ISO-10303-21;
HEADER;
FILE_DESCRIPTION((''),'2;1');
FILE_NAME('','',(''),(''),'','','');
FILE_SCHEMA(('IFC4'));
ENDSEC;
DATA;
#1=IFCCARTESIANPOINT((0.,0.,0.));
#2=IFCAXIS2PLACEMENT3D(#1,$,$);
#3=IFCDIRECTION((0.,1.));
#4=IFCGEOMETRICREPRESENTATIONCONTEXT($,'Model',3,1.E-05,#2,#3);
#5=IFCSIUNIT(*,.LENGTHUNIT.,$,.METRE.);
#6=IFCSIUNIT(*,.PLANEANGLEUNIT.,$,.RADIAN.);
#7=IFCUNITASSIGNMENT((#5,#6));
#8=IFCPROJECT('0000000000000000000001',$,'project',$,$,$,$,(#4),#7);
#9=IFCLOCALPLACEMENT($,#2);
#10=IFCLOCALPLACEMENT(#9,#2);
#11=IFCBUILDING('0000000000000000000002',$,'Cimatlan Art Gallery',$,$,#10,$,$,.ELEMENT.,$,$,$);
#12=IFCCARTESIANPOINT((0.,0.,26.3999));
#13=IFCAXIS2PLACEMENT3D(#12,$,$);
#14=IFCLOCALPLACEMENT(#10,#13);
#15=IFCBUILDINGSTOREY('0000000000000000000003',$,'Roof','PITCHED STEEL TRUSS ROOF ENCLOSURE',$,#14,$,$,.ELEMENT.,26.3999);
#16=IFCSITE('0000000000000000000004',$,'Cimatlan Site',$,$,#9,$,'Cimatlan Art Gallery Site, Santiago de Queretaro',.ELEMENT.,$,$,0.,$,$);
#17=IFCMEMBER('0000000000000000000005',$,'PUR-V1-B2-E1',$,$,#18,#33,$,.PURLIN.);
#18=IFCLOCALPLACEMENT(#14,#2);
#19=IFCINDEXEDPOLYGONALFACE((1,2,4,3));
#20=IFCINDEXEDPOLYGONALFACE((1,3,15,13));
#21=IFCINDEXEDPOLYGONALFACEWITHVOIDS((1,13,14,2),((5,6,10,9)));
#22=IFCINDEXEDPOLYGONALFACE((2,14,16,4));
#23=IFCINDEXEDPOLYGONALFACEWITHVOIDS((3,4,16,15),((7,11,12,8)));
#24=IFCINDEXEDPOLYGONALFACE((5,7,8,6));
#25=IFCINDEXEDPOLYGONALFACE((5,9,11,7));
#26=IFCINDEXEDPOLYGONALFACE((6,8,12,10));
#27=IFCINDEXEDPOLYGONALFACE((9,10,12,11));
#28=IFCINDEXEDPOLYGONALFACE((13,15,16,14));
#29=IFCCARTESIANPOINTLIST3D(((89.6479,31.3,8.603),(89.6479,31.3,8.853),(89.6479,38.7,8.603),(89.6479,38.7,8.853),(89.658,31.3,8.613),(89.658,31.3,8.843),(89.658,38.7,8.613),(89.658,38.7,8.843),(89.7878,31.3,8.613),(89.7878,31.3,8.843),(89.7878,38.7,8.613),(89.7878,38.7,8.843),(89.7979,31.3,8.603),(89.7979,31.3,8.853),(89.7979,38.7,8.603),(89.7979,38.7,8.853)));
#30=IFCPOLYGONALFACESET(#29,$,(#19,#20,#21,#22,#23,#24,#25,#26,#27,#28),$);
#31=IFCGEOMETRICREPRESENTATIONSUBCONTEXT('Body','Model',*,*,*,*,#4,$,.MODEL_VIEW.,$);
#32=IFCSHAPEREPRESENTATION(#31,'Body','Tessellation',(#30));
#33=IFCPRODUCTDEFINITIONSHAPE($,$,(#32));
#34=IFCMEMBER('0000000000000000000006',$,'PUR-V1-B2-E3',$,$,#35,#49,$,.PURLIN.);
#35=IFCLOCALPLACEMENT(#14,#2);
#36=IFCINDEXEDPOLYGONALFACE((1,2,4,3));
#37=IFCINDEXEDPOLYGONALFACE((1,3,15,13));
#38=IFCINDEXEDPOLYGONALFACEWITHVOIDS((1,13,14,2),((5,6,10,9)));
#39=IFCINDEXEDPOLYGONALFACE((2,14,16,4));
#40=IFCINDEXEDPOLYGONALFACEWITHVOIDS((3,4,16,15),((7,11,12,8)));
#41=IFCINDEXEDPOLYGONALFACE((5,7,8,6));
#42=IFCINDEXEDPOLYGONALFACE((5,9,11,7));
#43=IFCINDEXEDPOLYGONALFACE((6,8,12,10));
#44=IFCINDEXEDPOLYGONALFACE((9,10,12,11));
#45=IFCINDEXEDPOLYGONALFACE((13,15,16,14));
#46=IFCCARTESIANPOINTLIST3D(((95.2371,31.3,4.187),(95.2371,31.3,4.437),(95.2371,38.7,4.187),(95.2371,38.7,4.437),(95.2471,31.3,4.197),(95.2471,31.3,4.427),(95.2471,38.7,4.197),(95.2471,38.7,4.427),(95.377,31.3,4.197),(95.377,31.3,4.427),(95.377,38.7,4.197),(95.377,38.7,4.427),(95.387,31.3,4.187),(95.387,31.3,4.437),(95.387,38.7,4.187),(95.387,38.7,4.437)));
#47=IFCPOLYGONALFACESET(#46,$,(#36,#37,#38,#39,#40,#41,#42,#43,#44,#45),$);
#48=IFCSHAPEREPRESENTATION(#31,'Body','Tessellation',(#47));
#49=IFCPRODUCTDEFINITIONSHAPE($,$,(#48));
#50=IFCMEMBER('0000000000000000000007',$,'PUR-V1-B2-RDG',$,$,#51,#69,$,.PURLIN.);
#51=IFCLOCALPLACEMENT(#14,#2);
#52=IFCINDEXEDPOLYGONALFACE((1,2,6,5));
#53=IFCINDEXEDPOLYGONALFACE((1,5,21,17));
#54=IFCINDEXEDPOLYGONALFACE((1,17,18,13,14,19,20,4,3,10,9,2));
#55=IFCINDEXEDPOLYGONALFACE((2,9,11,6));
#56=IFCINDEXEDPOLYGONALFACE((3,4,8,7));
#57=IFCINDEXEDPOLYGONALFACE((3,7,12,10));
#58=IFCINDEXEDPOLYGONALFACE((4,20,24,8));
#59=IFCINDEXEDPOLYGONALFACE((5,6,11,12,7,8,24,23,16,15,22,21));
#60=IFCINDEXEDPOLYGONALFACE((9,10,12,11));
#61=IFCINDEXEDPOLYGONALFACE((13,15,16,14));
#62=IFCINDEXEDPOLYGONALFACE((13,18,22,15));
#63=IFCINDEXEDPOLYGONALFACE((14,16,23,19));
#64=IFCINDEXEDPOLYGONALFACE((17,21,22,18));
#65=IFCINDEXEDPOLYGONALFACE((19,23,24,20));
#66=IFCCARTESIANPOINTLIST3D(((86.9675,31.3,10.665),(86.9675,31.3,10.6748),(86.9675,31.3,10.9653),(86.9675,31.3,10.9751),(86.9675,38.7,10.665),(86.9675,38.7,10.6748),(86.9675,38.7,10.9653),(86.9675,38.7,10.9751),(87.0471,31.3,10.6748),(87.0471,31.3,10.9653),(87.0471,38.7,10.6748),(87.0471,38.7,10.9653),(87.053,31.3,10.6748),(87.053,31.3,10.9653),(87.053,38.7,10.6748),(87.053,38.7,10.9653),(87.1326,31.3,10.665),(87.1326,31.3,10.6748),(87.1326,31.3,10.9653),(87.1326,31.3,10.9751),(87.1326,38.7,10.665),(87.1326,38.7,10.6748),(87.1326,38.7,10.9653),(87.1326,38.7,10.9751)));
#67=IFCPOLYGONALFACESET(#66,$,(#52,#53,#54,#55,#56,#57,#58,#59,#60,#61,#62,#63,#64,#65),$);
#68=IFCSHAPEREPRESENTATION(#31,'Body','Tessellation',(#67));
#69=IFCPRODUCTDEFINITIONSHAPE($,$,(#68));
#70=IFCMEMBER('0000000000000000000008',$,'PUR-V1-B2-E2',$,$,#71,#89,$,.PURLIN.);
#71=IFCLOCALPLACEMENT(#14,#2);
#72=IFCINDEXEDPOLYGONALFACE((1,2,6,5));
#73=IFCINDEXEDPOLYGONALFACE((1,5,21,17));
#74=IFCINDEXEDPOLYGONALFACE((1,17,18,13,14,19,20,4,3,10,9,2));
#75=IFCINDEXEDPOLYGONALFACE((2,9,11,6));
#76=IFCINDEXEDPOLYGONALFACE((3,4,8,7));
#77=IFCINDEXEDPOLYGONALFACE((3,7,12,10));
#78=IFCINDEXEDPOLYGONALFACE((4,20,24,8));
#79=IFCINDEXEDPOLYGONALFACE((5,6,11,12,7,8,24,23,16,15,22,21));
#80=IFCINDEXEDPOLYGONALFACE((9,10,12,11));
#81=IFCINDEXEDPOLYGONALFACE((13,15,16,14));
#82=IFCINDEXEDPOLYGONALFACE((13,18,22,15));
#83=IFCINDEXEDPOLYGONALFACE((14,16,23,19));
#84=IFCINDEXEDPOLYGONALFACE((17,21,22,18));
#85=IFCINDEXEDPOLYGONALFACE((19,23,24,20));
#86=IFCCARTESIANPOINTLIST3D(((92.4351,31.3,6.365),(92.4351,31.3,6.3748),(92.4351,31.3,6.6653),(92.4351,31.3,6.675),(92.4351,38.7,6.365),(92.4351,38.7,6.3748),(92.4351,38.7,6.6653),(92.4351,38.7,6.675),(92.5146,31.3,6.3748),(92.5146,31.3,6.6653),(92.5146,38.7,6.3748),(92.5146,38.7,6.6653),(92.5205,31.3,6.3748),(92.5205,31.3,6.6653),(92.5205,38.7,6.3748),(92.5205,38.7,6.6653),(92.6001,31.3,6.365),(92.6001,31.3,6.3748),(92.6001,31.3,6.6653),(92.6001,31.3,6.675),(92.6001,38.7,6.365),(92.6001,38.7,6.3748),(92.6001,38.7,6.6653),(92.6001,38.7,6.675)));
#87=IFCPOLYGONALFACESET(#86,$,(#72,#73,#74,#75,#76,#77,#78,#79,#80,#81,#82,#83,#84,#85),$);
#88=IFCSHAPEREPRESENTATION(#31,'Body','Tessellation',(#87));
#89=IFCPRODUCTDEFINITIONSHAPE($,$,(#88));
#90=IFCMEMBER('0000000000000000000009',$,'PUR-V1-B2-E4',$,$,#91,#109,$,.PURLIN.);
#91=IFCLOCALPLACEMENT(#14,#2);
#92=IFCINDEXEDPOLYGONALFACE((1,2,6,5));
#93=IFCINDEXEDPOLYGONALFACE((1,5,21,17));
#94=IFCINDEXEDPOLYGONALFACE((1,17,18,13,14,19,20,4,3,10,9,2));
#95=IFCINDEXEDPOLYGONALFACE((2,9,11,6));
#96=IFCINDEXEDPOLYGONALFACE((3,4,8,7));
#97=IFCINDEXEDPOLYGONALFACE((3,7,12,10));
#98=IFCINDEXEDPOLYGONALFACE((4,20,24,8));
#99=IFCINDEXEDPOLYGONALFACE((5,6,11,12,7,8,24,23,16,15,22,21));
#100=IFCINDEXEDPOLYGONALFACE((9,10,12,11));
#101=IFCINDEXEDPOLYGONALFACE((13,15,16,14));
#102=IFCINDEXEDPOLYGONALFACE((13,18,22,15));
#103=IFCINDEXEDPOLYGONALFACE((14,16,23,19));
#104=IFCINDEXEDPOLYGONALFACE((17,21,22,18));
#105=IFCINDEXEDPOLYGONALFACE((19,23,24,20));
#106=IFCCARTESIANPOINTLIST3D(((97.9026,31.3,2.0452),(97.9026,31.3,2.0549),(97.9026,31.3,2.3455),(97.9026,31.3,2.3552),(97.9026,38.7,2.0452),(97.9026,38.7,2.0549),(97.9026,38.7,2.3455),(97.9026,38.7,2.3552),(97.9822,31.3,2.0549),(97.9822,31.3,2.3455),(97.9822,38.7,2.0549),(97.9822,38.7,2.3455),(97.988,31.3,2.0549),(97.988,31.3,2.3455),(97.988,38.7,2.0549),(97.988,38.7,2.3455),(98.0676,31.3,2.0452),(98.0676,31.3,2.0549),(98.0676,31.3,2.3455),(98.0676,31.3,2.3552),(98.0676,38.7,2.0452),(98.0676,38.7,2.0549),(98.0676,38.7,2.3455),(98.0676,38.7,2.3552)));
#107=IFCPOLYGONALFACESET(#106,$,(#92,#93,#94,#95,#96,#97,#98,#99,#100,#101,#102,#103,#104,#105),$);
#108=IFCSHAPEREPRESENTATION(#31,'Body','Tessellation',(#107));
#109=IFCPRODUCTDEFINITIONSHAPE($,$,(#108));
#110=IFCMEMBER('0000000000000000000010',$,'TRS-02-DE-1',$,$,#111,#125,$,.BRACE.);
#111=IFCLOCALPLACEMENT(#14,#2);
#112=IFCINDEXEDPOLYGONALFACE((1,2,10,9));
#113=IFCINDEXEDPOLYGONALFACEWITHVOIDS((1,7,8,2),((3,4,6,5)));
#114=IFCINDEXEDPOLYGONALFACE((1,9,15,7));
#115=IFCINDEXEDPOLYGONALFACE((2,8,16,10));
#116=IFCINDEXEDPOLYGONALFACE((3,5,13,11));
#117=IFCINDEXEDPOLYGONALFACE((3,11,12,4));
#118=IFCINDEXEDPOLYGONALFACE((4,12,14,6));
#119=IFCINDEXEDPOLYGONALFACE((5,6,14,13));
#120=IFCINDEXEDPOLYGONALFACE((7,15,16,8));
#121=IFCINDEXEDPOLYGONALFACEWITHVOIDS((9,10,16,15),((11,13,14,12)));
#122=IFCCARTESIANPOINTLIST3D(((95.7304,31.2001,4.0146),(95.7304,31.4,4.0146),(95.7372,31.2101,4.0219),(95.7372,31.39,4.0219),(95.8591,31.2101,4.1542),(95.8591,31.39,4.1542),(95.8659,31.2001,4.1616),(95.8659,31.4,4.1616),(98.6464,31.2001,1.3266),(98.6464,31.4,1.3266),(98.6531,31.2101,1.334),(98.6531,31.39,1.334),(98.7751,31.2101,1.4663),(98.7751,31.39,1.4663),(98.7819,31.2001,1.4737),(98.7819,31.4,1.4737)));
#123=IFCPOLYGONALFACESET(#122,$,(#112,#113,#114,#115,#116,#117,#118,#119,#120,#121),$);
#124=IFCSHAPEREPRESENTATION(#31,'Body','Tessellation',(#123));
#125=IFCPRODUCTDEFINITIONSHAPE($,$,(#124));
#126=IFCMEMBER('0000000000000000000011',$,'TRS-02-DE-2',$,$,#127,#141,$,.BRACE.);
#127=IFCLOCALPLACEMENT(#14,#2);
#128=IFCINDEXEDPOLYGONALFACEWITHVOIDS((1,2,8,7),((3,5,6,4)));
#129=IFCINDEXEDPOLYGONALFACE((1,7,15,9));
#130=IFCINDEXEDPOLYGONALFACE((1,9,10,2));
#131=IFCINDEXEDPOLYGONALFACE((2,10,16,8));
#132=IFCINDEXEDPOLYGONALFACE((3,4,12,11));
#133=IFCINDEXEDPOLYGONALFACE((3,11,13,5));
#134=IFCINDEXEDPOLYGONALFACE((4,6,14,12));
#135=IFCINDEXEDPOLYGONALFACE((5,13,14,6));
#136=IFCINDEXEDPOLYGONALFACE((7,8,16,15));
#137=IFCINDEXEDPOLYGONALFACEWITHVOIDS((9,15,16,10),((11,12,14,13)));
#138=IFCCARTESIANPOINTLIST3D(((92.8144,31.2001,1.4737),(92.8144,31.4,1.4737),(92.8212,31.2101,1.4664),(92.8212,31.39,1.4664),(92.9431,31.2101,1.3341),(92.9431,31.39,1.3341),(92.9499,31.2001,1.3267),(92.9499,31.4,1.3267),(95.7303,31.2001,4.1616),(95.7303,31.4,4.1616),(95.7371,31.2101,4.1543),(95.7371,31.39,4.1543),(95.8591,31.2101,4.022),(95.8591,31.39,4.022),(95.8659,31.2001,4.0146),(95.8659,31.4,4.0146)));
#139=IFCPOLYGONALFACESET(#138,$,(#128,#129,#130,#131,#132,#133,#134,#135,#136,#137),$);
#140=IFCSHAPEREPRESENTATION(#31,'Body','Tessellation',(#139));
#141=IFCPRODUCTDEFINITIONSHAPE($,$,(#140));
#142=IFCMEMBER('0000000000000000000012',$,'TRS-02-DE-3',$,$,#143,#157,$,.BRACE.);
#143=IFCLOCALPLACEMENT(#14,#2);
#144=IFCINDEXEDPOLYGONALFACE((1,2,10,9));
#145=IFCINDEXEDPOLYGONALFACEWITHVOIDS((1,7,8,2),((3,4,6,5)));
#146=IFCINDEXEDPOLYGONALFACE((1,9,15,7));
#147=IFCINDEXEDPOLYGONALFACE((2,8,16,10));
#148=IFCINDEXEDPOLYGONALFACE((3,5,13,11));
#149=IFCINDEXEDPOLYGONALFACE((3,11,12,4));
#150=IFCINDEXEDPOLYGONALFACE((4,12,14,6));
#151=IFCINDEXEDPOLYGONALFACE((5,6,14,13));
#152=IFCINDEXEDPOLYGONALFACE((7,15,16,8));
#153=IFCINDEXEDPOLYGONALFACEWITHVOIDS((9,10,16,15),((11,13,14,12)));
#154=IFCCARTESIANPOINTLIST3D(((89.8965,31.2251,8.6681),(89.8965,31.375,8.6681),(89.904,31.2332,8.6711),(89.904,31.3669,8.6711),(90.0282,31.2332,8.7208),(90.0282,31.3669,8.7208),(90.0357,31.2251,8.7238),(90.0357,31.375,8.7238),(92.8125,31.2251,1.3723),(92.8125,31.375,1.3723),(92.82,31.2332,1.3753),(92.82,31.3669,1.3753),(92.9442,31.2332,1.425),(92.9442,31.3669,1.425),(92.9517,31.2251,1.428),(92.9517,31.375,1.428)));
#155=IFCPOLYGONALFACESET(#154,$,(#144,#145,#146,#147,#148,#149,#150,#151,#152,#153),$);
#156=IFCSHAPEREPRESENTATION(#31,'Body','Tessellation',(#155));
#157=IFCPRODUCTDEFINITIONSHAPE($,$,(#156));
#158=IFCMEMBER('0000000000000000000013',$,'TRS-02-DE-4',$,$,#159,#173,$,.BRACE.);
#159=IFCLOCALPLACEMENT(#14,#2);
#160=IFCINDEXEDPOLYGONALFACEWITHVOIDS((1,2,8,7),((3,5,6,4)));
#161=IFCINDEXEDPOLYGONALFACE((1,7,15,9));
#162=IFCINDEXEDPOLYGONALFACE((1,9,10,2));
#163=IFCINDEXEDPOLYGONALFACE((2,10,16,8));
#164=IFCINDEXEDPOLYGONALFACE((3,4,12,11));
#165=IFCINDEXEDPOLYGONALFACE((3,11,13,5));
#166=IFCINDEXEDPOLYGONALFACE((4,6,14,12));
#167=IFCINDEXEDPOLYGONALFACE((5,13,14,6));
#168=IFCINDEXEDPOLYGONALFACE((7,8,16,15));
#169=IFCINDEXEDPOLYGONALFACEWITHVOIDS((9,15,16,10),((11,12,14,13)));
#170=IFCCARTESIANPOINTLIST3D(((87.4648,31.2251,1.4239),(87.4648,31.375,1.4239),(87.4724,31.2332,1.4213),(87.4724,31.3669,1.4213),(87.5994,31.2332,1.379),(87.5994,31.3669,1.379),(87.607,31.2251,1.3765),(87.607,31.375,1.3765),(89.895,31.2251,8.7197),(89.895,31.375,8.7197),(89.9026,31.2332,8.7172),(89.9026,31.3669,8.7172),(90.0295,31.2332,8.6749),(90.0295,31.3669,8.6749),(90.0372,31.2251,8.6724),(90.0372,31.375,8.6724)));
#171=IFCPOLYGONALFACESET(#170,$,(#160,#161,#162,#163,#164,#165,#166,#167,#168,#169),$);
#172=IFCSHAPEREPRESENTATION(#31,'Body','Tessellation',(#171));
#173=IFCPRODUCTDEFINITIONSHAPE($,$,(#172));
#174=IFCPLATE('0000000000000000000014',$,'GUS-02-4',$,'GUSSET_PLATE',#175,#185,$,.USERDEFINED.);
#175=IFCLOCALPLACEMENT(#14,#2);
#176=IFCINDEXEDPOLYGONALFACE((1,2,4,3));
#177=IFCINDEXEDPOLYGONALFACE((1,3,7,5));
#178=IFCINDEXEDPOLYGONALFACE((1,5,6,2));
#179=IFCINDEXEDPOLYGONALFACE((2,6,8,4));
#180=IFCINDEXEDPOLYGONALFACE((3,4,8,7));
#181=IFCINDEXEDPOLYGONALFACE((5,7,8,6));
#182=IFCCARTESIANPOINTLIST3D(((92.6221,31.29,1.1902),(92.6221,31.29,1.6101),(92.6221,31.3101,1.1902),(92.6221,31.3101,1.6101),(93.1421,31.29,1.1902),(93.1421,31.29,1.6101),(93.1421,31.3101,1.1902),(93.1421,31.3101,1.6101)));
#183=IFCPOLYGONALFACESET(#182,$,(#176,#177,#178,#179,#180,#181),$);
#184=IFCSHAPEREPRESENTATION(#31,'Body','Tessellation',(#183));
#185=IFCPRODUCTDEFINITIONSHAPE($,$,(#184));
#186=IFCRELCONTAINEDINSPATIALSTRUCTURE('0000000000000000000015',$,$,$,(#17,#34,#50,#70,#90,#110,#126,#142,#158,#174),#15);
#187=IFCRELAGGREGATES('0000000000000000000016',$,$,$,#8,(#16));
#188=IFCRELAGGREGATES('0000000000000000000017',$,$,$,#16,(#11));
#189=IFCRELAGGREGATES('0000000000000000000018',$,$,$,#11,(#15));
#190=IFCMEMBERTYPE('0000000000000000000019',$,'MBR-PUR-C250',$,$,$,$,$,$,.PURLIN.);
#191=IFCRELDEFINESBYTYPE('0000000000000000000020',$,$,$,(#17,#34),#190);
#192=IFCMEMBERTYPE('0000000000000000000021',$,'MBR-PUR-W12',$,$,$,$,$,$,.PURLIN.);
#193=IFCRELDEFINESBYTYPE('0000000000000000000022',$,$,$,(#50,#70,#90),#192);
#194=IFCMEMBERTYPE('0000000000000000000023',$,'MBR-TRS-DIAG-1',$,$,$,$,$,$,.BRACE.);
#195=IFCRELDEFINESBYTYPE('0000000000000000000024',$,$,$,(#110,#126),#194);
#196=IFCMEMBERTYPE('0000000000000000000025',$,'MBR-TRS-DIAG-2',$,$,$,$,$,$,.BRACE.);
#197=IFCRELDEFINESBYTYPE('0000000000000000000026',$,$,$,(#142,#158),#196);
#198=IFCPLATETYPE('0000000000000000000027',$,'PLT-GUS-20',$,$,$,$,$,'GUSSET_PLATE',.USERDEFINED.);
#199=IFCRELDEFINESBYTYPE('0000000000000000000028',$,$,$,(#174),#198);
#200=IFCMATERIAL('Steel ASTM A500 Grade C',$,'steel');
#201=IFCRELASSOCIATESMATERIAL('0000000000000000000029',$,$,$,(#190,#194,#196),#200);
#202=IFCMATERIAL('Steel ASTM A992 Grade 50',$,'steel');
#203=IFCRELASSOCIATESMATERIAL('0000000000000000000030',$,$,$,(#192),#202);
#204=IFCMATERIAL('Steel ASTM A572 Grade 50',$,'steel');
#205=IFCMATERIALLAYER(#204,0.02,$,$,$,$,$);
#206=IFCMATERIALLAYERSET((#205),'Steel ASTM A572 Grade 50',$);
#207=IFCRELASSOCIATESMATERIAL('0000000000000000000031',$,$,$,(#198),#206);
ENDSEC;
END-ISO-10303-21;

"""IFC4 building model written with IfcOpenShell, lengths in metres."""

from ifc_helpers import new_model, si_unit, direction, frame, origin, origin_2d, place, context, subcontext, project, spatial, rectangle, hollow_rectangle, i_section, extrude, material, layer, layer_set, material_profile, profile_set, type_object, element, save


model = new_model("IFC4")

# Units and contexts
model_context = context("Model", 3, precision=1e-05, world=origin(), true_north=direction((0.0, 1.0)))
body_context = subcontext(model_context, "Body", "Model", "MODEL_VIEW")
ifc_project = project(units=[si_unit("LENGTHUNIT", "METRE"), si_unit("PLANEANGLEUNIT", "RADIAN")], contexts=[model_context])

# Site, building, storey
site_placement = place(None, origin())
site = spatial("IfcSite", under=ifc_project, at=site_placement, Name="Cimatlan Site", LongName="Cimatlan Art Gallery Site, Santiago de Queretaro", CompositionType="ELEMENT", RefElevation=0.0)
building_placement = place(site_placement, origin())
building = spatial("IfcBuilding", under=site, at=building_placement, Name="Cimatlan Art Gallery", CompositionType="ELEMENT")
storey_placement = place(building_placement, frame((0.0, 0.0, 26.3999)))
storey = spatial("IfcBuildingStorey", under=building, at=storey_placement, Name="Roof", Description="PITCHED STEEL TRUSS ROOF ENCLOSURE", CompositionType="ELEMENT", Elevation=26.3999)

# Shared definitions
ifc_material_1 = material(Name="Steel ASTM A992 Grade 50", Category="steel")

# Members
ifc_material_2 = material(Name="Steel ASTM A500 Grade C", Category="steel")
ifc_material_profile_1 = material_profile(ifc_material_2, hollow_rectangle(XDim=0.1499, YDim=0.25, WallThickness=0.01, at=origin_2d()), Name="HSS250X150X10")
ifc_profile_set_1 = profile_set([ifc_material_profile_1], Name="Steel ASTM A500 Grade C")
member_type_1 = type_object("IfcMemberType", Name="MBR-PUR-C250", PredefinedType="PURLIN", material=ifc_profile_set_1)
for number, where, z_axis, x_axis, name in (
    (1, (89.7229, 31.3, 8.728), (0.0, 1.0, 0.0), (-1.0, 0.0, 0.0), "PUR-V1-B2-E1"),
    (2, (95.312, 31.3, 4.312), (0.0, 1.0, 0.0), (-1.0, 0.0, 0.0), "PUR-V1-B2-E3"),
):
    element("IfcMember", number, at=place(storey_placement, frame(where, z_axis=z_axis, x_axis=x_axis)), inside=storey, type_object=member_type_1, Name=name, PredefinedType="PURLIN", context=body_context, shape_type="SweptSolid", body=[
        extrude(hollow_rectangle(XDim=0.1499, YDim=0.25, WallThickness=0.01, at=origin_2d()), origin(), (0.0, 0.0, 1.0), 7.3999),
    ])
ifc_material_profile_2 = material_profile(ifc_material_1, i_section(OverallWidth=0.165, OverallDepth=0.3101, WebThickness=0.0059, FlangeThickness=0.0098, at=origin_2d()), Name="W12X26")
ifc_profile_set_2 = profile_set([ifc_material_profile_2], Name="Steel ASTM A992 Grade 50")
member_type_2 = type_object("IfcMemberType", Name="MBR-PUR-W12", PredefinedType="PURLIN", material=ifc_profile_set_2)
for number, where, z_axis, x_axis, name in (
    (3, (87.05, 31.3, 10.8201), (0.0, 1.0, 0.0), (-1.0, 0.0, 0.0), "PUR-V1-B2-RDG"),
    (4, (92.5176, 31.3, 6.52), (0.0, 1.0, 0.0), (-1.0, 0.0, 0.0), "PUR-V1-B2-E2"),
    (5, (97.9851, 31.3, 2.2002), (0.0, 1.0, 0.0), (-1.0, 0.0, 0.0), "PUR-V1-B2-E4"),
):
    element("IfcMember", number, at=place(storey_placement, frame(where, z_axis=z_axis, x_axis=x_axis)), inside=storey, type_object=member_type_2, Name=name, PredefinedType="PURLIN", context=body_context, shape_type="SweptSolid", body=[
        extrude(i_section(OverallWidth=0.165, OverallDepth=0.3101, WebThickness=0.0059, FlangeThickness=0.0098, at=origin_2d()), origin(), (0.0, 0.0, 1.0), 7.3999),
    ])
ifc_material_profile_3 = material_profile(ifc_material_2, hollow_rectangle(XDim=0.2, YDim=0.2, WallThickness=0.01, at=origin_2d()), Name="HSS200X200X10")
ifc_profile_set_3 = profile_set([ifc_material_profile_3], Name="Steel ASTM A500 Grade C")
member_type_3 = type_object("IfcMemberType", Name="MBR-TRS-DIAG-1", PredefinedType="BRACE", material=ifc_profile_set_3)
for number, where, z_axis, x_axis, name in (
    (6, (98.7141, 31.3, 1.4001), (-0.735271, 0.0, 0.677774), (0.0, -1.0, 0.0), "TRS-02-DE-1"),
    (7, (95.7981, 31.3, 4.0881), (-0.735271, 0.0, -0.677774), (0.0, -1.0, 0.0), "TRS-02-DE-2"),
):
    element("IfcMember", number, at=place(storey_placement, frame(where, z_axis=z_axis, x_axis=x_axis)), inside=storey, type_object=member_type_3, Name=name, PredefinedType="BRACE", context=body_context, shape_type="SweptSolid", body=[
        extrude(hollow_rectangle(XDim=0.2, YDim=0.2, WallThickness=0.01, at=origin_2d()), origin(), (0.0, 0.0, 1.0), 3.9658),
    ])
ifc_material_profile_4 = material_profile(ifc_material_2, hollow_rectangle(XDim=0.1499, YDim=0.1499, WallThickness=0.0081, at=origin_2d()), Name="HSS150X150X8")
ifc_profile_set_4 = profile_set([ifc_material_profile_4], Name="Steel ASTM A500 Grade C")
member_type_4 = type_object("IfcMemberType", Name="MBR-TRS-DIAG-2", PredefinedType="BRACE", material=ifc_profile_set_4)
member_1_placement = place(storey_placement, frame((92.8821, 31.3, 1.4001), z_axis=(-0.371134, 0.0, 0.92858), x_axis=(0.0, -1.0, 0.0)))
element("IfcMember", 8, at=member_1_placement, inside=storey, type_object=member_type_4, Name="TRS-02-DE-3", PredefinedType="BRACE", context=body_context, shape_type="SweptSolid", body=[
    extrude(hollow_rectangle(XDim=0.1499, YDim=0.1499, WallThickness=0.0081, at=origin_2d()), origin(), (0.0, 0.0, 1.0), 7.8569),
])
member_2_placement = place(storey_placement, frame((89.9661, 31.3, 8.696), z_axis=(-0.316018, 0.0, -0.948753), x_axis=(0.0, -1.0, 0.0)))
element("IfcMember", 9, at=member_2_placement, inside=storey, type_object=member_type_4, Name="TRS-02-DE-4", PredefinedType="BRACE", context=body_context, shape_type="SweptSolid", body=[
    extrude(hollow_rectangle(XDim=0.1499, YDim=0.1499, WallThickness=0.0081, at=origin_2d()), origin(), (0.0, 0.0, 1.0), 7.6899),
])

# Plate
ifc_material_3 = material(Name="Steel ASTM A572 Grade 50", Category="steel")
ifc_layer_1 = layer(ifc_material_3, 0.02)
ifc_layer_set_1 = layer_set([ifc_layer_1], Name="Steel ASTM A572 Grade 50")
plate_type_1 = type_object("IfcPlateType", Name="PLT-GUS-20", ElementType="GUSSET_PLATE", PredefinedType="USERDEFINED", material=ifc_layer_set_1)
plate_1_placement = place(storey_placement, frame((92.8821, 31.3, 1.1902), z_axis=(0.0, 0.0, 1.0), x_axis=(1.0, 0.0, 0.0)))
element("IfcPlate", 10, at=plate_1_placement, inside=storey, type_object=plate_type_1, Name="GUS-02-4", ObjectType="GUSSET_PLATE", PredefinedType="USERDEFINED", context=body_context, shape_type="SweptSolid", body=[
    extrude(rectangle(XDim=0.52, YDim=0.02, at=origin_2d()), origin(), (0.0, 0.0, 1.0), 0.4199),
])

save(model, "model.ifc")
